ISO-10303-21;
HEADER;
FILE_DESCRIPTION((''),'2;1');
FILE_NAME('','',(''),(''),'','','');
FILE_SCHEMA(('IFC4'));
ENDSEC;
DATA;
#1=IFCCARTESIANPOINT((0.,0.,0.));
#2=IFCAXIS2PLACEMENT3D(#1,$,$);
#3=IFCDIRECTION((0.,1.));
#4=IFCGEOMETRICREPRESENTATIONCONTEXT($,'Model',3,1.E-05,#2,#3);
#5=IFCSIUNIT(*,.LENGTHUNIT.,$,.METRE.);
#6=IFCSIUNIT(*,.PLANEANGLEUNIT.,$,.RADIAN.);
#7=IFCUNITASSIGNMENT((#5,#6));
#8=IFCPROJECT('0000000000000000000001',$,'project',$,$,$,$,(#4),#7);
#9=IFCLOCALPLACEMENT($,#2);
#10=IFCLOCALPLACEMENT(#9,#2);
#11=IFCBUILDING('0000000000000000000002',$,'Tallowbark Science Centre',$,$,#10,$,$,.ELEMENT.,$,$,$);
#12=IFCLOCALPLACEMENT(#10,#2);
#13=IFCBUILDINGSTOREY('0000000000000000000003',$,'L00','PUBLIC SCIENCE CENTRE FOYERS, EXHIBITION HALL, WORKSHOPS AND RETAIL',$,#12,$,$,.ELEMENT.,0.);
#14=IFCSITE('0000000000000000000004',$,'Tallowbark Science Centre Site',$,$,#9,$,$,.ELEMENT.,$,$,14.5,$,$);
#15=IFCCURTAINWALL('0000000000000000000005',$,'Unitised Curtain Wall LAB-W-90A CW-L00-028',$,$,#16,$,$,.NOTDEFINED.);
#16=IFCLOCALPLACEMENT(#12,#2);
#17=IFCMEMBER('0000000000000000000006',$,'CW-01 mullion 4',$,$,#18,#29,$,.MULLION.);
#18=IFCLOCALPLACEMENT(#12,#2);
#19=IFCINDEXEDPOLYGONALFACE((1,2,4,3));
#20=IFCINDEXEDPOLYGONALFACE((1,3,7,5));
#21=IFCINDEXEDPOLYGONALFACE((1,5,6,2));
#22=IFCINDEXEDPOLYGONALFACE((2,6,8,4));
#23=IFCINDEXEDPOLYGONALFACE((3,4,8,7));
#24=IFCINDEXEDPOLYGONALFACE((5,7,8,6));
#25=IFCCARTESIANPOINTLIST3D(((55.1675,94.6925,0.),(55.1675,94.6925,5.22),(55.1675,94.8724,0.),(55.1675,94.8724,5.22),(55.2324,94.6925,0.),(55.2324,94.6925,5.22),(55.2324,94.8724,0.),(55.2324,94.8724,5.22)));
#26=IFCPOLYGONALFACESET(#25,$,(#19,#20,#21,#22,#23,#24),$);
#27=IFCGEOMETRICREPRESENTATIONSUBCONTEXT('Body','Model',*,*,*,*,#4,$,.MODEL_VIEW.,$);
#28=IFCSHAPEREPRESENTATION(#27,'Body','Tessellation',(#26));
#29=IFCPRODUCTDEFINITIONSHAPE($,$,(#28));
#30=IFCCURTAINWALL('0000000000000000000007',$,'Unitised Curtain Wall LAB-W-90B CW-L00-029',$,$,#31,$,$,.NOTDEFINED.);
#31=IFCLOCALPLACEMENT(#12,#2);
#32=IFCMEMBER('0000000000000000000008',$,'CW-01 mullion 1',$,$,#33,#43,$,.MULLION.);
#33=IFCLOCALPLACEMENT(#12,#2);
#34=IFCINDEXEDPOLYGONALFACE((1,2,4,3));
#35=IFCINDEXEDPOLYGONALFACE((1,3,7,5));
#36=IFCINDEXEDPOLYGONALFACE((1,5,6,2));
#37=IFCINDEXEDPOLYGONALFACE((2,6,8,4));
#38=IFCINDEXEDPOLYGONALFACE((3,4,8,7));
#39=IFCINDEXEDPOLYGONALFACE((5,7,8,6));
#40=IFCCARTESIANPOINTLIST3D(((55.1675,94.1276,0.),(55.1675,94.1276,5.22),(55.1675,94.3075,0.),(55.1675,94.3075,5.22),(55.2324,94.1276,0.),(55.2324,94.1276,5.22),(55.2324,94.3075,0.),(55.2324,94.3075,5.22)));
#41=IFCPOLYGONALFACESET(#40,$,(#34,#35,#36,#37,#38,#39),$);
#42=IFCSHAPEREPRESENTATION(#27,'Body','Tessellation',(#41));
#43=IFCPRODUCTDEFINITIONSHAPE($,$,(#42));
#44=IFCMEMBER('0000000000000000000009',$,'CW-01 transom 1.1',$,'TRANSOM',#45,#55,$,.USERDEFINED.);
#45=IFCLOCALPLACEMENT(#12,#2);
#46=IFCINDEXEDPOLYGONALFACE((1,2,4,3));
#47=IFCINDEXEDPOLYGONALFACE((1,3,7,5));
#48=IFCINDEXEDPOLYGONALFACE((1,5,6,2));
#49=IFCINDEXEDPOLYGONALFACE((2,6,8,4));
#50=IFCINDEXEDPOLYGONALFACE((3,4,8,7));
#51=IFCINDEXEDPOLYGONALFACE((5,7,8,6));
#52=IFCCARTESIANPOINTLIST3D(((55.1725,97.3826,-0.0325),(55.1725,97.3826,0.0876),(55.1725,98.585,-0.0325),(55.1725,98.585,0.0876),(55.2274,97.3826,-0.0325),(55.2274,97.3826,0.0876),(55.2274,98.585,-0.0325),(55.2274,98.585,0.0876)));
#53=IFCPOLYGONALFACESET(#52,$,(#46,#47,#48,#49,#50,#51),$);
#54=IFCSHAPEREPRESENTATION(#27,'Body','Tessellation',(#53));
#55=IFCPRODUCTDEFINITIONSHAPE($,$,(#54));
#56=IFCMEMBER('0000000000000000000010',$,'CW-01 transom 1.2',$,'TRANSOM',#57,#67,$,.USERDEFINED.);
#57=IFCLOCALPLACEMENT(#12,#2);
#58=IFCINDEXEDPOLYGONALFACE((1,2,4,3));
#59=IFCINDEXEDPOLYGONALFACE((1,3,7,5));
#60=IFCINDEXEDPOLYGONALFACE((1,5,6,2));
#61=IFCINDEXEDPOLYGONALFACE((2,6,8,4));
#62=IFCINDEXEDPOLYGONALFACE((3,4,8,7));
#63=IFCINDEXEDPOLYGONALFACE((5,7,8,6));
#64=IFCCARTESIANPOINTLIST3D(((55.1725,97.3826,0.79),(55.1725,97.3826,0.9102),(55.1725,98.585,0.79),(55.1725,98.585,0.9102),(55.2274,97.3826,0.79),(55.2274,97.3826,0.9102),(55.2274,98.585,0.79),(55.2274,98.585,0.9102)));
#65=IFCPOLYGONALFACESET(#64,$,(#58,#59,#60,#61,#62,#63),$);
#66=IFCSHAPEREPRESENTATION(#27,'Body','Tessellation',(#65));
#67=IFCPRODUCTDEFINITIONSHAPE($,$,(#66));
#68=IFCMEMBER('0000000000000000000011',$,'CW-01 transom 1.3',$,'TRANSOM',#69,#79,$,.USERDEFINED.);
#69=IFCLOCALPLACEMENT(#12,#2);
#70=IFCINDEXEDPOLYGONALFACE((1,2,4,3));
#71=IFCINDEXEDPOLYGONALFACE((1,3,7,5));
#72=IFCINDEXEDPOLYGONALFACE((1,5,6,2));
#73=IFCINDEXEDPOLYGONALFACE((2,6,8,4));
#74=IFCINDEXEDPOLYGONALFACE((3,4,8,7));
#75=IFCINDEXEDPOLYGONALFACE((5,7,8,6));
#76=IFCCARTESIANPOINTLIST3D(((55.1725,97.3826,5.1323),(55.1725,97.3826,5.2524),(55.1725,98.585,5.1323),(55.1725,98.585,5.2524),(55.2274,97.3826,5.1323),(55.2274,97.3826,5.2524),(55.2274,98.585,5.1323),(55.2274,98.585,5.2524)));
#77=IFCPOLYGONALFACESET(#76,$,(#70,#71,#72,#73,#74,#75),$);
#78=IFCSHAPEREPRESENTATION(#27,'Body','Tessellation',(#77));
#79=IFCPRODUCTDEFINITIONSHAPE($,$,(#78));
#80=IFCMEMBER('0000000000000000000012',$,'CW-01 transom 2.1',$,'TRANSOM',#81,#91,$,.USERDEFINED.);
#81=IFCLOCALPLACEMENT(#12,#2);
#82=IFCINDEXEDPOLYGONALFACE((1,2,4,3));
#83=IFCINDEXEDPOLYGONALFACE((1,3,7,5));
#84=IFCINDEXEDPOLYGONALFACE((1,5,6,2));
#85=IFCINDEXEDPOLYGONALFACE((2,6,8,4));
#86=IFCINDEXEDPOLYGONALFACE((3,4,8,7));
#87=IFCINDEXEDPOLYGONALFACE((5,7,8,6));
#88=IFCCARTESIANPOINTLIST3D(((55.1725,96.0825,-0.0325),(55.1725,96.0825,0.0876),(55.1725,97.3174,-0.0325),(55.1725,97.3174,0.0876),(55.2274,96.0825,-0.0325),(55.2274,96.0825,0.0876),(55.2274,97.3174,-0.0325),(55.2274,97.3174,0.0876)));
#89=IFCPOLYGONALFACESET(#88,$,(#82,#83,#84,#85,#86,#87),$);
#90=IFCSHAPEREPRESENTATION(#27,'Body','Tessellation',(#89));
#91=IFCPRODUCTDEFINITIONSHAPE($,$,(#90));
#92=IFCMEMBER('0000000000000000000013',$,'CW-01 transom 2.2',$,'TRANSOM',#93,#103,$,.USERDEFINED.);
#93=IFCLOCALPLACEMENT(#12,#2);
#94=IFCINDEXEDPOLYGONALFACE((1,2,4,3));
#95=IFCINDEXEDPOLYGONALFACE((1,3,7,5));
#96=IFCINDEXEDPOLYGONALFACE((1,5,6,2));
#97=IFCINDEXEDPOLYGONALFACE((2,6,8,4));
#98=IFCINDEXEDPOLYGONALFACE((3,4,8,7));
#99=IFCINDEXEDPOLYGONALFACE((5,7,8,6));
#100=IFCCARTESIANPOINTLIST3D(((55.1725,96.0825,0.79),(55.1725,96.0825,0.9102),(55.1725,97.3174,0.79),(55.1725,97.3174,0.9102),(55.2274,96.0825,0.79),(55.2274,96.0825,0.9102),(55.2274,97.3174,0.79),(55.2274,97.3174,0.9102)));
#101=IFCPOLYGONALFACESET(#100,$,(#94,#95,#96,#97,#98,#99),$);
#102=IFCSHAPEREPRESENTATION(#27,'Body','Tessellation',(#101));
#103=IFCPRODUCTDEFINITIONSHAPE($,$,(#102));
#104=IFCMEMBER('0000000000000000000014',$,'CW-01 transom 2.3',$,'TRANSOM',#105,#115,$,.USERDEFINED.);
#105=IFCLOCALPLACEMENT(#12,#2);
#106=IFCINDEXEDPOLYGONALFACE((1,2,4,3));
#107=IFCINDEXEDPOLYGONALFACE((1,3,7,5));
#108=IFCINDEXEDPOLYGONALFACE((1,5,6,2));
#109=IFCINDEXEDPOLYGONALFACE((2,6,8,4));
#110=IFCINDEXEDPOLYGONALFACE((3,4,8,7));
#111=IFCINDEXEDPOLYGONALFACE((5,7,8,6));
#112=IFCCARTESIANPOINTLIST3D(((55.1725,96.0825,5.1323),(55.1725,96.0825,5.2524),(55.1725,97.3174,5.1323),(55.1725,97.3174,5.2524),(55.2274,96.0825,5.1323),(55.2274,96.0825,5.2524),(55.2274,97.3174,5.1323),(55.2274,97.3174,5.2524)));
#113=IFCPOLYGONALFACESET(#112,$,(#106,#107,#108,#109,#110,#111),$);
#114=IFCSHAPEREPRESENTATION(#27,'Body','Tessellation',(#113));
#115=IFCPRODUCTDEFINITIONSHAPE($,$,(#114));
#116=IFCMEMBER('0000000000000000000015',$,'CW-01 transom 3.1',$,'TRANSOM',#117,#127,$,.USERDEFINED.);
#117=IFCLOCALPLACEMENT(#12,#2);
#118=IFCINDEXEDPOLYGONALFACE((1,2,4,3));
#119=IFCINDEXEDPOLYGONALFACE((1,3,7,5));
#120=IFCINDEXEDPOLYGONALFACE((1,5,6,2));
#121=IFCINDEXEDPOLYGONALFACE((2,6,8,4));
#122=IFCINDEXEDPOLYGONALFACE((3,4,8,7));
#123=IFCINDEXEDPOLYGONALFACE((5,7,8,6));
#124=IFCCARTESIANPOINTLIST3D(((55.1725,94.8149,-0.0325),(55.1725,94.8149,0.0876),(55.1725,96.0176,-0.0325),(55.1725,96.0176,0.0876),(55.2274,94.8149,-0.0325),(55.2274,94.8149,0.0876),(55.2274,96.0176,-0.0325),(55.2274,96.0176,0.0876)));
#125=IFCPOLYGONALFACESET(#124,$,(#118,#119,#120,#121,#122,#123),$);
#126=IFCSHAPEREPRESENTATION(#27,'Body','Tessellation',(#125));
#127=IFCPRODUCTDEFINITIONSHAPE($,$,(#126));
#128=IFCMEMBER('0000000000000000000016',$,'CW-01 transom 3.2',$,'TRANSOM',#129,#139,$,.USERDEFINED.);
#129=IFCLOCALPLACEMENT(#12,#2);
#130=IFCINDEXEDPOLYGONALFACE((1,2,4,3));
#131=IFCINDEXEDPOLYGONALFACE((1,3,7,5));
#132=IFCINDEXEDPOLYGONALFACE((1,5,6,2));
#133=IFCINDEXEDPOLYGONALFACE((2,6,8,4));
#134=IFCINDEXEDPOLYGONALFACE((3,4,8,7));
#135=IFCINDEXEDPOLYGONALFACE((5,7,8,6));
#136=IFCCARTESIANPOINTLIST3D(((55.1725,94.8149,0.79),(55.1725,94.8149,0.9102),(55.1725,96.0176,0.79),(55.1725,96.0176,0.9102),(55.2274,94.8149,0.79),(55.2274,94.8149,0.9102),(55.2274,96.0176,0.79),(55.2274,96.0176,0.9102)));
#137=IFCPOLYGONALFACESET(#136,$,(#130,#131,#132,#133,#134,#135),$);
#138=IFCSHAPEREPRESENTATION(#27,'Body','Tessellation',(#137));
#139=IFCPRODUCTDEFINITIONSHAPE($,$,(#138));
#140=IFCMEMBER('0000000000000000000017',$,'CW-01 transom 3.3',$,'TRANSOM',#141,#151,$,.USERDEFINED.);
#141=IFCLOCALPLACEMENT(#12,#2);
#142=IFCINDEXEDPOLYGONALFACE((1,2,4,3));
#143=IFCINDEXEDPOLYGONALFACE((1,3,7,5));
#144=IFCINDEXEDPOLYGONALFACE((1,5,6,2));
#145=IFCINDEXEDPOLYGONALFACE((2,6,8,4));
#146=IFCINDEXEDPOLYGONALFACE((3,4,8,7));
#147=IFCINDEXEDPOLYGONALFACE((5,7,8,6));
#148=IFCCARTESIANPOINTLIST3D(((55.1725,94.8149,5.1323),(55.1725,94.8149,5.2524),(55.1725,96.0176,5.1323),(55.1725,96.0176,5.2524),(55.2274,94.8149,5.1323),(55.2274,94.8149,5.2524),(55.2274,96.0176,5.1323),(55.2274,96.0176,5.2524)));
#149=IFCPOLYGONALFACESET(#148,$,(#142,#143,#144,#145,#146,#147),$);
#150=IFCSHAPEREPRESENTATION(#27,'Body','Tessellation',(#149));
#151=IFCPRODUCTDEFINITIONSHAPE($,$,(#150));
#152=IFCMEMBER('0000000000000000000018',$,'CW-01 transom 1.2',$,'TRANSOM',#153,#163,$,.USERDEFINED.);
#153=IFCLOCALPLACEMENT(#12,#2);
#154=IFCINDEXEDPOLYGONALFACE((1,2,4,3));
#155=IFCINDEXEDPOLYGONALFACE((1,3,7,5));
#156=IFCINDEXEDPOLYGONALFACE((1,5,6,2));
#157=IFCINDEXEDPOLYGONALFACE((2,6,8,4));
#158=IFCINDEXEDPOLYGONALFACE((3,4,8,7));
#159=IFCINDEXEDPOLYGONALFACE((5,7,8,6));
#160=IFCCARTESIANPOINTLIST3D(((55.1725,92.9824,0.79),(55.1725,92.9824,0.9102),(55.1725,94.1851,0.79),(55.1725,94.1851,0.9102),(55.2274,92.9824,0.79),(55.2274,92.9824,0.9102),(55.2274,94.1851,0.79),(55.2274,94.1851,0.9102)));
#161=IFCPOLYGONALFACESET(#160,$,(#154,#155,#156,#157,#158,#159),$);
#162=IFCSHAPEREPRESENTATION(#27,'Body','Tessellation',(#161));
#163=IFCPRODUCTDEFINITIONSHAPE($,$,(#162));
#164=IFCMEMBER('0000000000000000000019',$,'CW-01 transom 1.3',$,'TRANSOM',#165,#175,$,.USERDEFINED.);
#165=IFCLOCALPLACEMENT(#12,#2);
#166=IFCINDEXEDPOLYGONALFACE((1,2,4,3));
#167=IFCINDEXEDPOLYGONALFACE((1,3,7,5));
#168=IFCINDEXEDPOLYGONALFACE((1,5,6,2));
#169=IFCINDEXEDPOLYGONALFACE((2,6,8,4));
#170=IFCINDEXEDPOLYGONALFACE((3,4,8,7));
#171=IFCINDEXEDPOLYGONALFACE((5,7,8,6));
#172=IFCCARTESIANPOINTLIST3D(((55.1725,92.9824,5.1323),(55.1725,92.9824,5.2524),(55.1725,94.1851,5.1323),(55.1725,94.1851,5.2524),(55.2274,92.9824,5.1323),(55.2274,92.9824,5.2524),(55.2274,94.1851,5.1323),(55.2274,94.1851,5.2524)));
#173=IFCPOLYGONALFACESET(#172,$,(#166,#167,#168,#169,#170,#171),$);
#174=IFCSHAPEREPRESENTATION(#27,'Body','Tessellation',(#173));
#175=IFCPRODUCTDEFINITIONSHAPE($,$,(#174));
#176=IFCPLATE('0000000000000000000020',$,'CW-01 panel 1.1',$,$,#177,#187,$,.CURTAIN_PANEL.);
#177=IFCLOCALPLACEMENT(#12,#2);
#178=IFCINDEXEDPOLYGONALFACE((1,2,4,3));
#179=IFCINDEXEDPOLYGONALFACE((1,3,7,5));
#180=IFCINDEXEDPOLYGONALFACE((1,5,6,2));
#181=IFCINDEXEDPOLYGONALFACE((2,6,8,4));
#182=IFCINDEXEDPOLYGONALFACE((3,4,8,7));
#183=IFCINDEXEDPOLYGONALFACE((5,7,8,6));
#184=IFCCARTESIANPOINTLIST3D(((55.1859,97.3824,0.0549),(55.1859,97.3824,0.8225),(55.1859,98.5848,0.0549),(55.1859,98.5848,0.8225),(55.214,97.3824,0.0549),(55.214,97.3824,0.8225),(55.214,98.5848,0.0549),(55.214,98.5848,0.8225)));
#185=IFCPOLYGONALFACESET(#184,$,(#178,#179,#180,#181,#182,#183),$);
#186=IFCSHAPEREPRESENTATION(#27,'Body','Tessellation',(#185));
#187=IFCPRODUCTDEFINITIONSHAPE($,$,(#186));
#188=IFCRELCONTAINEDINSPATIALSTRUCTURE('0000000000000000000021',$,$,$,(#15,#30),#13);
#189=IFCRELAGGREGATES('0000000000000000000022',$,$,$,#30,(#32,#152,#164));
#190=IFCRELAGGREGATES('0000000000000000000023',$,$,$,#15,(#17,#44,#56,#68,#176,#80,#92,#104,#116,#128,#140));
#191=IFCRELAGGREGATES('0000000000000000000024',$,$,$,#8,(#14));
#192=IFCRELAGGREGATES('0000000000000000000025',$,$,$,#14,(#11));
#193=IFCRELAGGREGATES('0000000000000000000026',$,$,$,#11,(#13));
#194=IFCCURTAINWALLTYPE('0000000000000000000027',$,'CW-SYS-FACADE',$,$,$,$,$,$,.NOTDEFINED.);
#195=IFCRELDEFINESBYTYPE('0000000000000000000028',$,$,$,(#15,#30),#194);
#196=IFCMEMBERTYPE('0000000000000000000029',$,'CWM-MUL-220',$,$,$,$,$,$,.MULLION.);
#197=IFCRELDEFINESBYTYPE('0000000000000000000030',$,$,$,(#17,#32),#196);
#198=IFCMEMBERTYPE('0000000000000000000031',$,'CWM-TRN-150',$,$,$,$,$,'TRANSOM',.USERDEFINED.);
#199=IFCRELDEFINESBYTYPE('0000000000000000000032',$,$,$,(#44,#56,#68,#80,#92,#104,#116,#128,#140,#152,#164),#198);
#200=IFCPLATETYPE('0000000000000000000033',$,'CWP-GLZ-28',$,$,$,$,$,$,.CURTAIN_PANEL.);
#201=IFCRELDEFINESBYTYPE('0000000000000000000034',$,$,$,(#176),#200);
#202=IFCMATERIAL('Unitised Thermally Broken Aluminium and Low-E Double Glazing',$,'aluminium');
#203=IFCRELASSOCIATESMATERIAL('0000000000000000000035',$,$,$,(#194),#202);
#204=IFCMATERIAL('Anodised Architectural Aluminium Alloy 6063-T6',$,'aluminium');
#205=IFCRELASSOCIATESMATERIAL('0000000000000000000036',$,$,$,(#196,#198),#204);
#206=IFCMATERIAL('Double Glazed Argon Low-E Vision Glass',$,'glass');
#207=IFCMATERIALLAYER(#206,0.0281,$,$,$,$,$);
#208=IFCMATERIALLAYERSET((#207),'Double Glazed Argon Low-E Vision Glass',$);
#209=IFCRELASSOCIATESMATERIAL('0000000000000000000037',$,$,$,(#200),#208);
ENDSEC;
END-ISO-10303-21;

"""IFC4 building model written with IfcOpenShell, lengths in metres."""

from ifc_helpers import new_model, si_unit, direction, frame, origin, origin_2d, place, context, subcontext, project, spatial, rectangle, extrude, material, layer, layer_set, material_profile, profile_set, type_object, element, aggregate, save


model = new_model("IFC4")

# Units and contexts
model_context = context("Model", 3, precision=1e-05, world=origin(), true_north=direction((0.0, 1.0)))
body_context = subcontext(model_context, "Body", "Model", "MODEL_VIEW")
ifc_project = project(units=[si_unit("LENGTHUNIT", "METRE"), si_unit("PLANEANGLEUNIT", "RADIAN")], contexts=[model_context])

# Site, building, storey
site_placement = place(None, origin())
site = spatial("IfcSite", under=ifc_project, at=site_placement, Name="Tallowbark Science Centre Site", CompositionType="ELEMENT", RefElevation=14.5)
building_placement = place(site_placement, origin())
building = spatial("IfcBuilding", under=site, at=building_placement, Name="Tallowbark Science Centre", CompositionType="ELEMENT")
storey_placement = place(building_placement, origin())
storey = spatial("IfcBuildingStorey", under=building, at=storey_placement, Name="L00", Description="PUBLIC SCIENCE CENTRE FOYERS, EXHIBITION HALL, WORKSHOPS AND RETAIL", CompositionType="ELEMENT", Elevation=0.0)

# Curtain wall, member
ifc_material_1 = material(Name="Unitised Thermally Broken Aluminium and Low-E Double Glazing", Category="aluminium")
curtain_wall_type = type_object("IfcCurtainWallType", Name="CW-SYS-FACADE", PredefinedType="NOTDEFINED", material=ifc_material_1)
curtain_wall_1_placement = place(storey_placement, origin())
curtain_wall_1 = element("IfcCurtainWall", 1, at=curtain_wall_1_placement, inside=storey, type_object=curtain_wall_type, Name="Unitised Curtain Wall LAB-W-90A CW-L00-028", PredefinedType="NOTDEFINED")
ifc_material_2 = material(Name="Anodised Architectural Aluminium Alloy 6063-T6", Category="aluminium")
ifc_material_profile_1 = material_profile(ifc_material_2, rectangle(XDim=0.0649, YDim=0.1799, at=origin_2d()), Name="ALU65x180")
ifc_profile_set_1 = profile_set([ifc_material_profile_1], Name="Anodised Architectural Aluminium Alloy 6063-T6")
member_type_1 = type_object("IfcMemberType", Name="CWM-MUL-220", PredefinedType="MULLION", material=ifc_profile_set_1)
member_1_placement = place(storey_placement, frame((55.2, 94.7825, 0.0), z_axis=(0.0, 0.0, 1.0), x_axis=(1.0, 0.0, 0.0)))
member_1 = element("IfcMember", 2, at=member_1_placement, type_object=member_type_1, Name="CW-01 mullion 4", PredefinedType="MULLION", context=body_context, shape_type="SweptSolid", body=[
    extrude(rectangle(XDim=0.0649, YDim=0.1799, at=origin_2d()), origin(), (0.0, 0.0, 1.0), 5.22),
])

# Curtain wall, member
curtain_wall_2_placement = place(storey_placement, origin())
curtain_wall_2 = element("IfcCurtainWall", 3, at=curtain_wall_2_placement, inside=storey, type_object=curtain_wall_type, Name="Unitised Curtain Wall LAB-W-90B CW-L00-029", PredefinedType="NOTDEFINED")
member_2_placement = place(storey_placement, frame((55.2, 94.2175, 0.0), z_axis=(0.0, 0.0, 1.0), x_axis=(1.0, 0.0, 0.0)))
member_2 = element("IfcMember", 4, at=member_2_placement, type_object=member_type_1, Name="CW-01 mullion 1", PredefinedType="MULLION", context=body_context, shape_type="SweptSolid", body=[
    extrude(rectangle(XDim=0.0649, YDim=0.1799, at=origin_2d()), origin(), (0.0, 0.0, 1.0), 5.22),
])

# Members
ifc_material_profile_2 = material_profile(ifc_material_2, rectangle(XDim=0.0549, YDim=0.1201, at=origin_2d()), Name="ALU55x120")
ifc_profile_set_2 = profile_set([ifc_material_profile_2], Name="Anodised Architectural Aluminium Alloy 6063-T6")
member_type_2 = type_object("IfcMemberType", Name="CWM-TRN-150", ElementType="TRANSOM", PredefinedType="USERDEFINED", material=ifc_profile_set_2)
member_3_placement = place(storey_placement, frame((55.2, 98.585, 0.0276), z_axis=(0.0, -1.0, 0.0), x_axis=(1.0, 0.0, 0.0)))
member_3 = element("IfcMember", 5, at=member_3_placement, type_object=member_type_2, Name="CW-01 transom 1.1", ObjectType="TRANSOM", PredefinedType="USERDEFINED", context=body_context, shape_type="SweptSolid", body=[
    extrude(rectangle(XDim=0.0549, YDim=0.1201, at=origin_2d()), origin(), (0.0, 0.0, 1.0), 1.2024),
])
member_4_placement = place(storey_placement, frame((55.2, 98.585, 0.8501), z_axis=(0.0, -1.0, 0.0), x_axis=(1.0, 0.0, 0.0)))
member_4 = element("IfcMember", 6, at=member_4_placement, type_object=member_type_2, Name="CW-01 transom 1.2", ObjectType="TRANSOM", PredefinedType="USERDEFINED", context=body_context, shape_type="SweptSolid", body=[
    extrude(rectangle(XDim=0.0549, YDim=0.1201, at=origin_2d()), origin(), (0.0, 0.0, 1.0), 1.2024),
])
member_5_placement = place(storey_placement, frame((55.2, 98.585, 5.1924), z_axis=(0.0, -1.0, 0.0), x_axis=(1.0, 0.0, 0.0)))
member_5 = element("IfcMember", 7, at=member_5_placement, type_object=member_type_2, Name="CW-01 transom 1.3", ObjectType="TRANSOM", PredefinedType="USERDEFINED", context=body_context, shape_type="SweptSolid", body=[
    extrude(rectangle(XDim=0.0549, YDim=0.1201, at=origin_2d()), origin(), (0.0, 0.0, 1.0), 1.2024),
])
member_6_placement = place(storey_placement, frame((55.2, 97.3174, 0.0276), z_axis=(0.0, -1.0, 0.0), x_axis=(1.0, 0.0, 0.0)))
member_6 = element("IfcMember", 8, at=member_6_placement, type_object=member_type_2, Name="CW-01 transom 2.1", ObjectType="TRANSOM", PredefinedType="USERDEFINED", context=body_context, shape_type="SweptSolid", body=[
    extrude(rectangle(XDim=0.0549, YDim=0.1201, at=origin_2d()), origin(), (0.0, 0.0, 1.0), 1.2349),
])
member_7_placement = place(storey_placement, frame((55.2, 97.3174, 0.8501), z_axis=(0.0, -1.0, 0.0), x_axis=(1.0, 0.0, 0.0)))
member_7 = element("IfcMember", 9, at=member_7_placement, type_object=member_type_2, Name="CW-01 transom 2.2", ObjectType="TRANSOM", PredefinedType="USERDEFINED", context=body_context, shape_type="SweptSolid", body=[
    extrude(rectangle(XDim=0.0549, YDim=0.1201, at=origin_2d()), origin(), (0.0, 0.0, 1.0), 1.2349),
])
member_8_placement = place(storey_placement, frame((55.2, 97.3174, 5.1924), z_axis=(0.0, -1.0, 0.0), x_axis=(1.0, 0.0, 0.0)))
member_8 = element("IfcMember", 10, at=member_8_placement, type_object=member_type_2, Name="CW-01 transom 2.3", ObjectType="TRANSOM", PredefinedType="USERDEFINED", context=body_context, shape_type="SweptSolid", body=[
    extrude(rectangle(XDim=0.0549, YDim=0.1201, at=origin_2d()), origin(), (0.0, 0.0, 1.0), 1.2349),
])
member_9_placement = place(storey_placement, frame((55.2, 96.0176, 0.0276), z_axis=(0.0, -1.0, 0.0), x_axis=(1.0, 0.0, 0.0)))
member_9 = element("IfcMember", 11, at=member_9_placement, type_object=member_type_2, Name="CW-01 transom 3.1", ObjectType="TRANSOM", PredefinedType="USERDEFINED", context=body_context, shape_type="SweptSolid", body=[
    extrude(rectangle(XDim=0.0549, YDim=0.1201, at=origin_2d()), origin(), (0.0, 0.0, 1.0), 1.2026),
])
member_10_placement = place(storey_placement, frame((55.2, 96.0176, 0.8501), z_axis=(0.0, -1.0, 0.0), x_axis=(1.0, 0.0, 0.0)))
member_10 = element("IfcMember", 12, at=member_10_placement, type_object=member_type_2, Name="CW-01 transom 3.2", ObjectType="TRANSOM", PredefinedType="USERDEFINED", context=body_context, shape_type="SweptSolid", body=[
    extrude(rectangle(XDim=0.0549, YDim=0.1201, at=origin_2d()), origin(), (0.0, 0.0, 1.0), 1.2026),
])
member_11_placement = place(storey_placement, frame((55.2, 96.0176, 5.1924), z_axis=(0.0, -1.0, 0.0), x_axis=(1.0, 0.0, 0.0)))
member_11 = element("IfcMember", 13, at=member_11_placement, type_object=member_type_2, Name="CW-01 transom 3.3", ObjectType="TRANSOM", PredefinedType="USERDEFINED", context=body_context, shape_type="SweptSolid", body=[
    extrude(rectangle(XDim=0.0549, YDim=0.1201, at=origin_2d()), origin(), (0.0, 0.0, 1.0), 1.2026),
])
member_12_placement = place(storey_placement, frame((55.2, 94.1851, 0.8501), z_axis=(0.0, -1.0, 0.0), x_axis=(1.0, 0.0, 0.0)))
member_12 = element("IfcMember", 14, at=member_12_placement, type_object=member_type_2, Name="CW-01 transom 1.2", ObjectType="TRANSOM", PredefinedType="USERDEFINED", context=body_context, shape_type="SweptSolid", body=[
    extrude(rectangle(XDim=0.0549, YDim=0.1201, at=origin_2d()), origin(), (0.0, 0.0, 1.0), 1.2026),
])
member_13_placement = place(storey_placement, frame((55.2, 94.1851, 5.1924), z_axis=(0.0, -1.0, 0.0), x_axis=(1.0, 0.0, 0.0)))
member_13 = element("IfcMember", 15, at=member_13_placement, type_object=member_type_2, Name="CW-01 transom 1.3", ObjectType="TRANSOM", PredefinedType="USERDEFINED", context=body_context, shape_type="SweptSolid", body=[
    extrude(rectangle(XDim=0.0549, YDim=0.1201, at=origin_2d()), origin(), (0.0, 0.0, 1.0), 1.2026),
])
aggregate(curtain_wall_2, [member_2, member_12, member_13])

# Plate
ifc_material_3 = material(Name="Double Glazed Argon Low-E Vision Glass", Category="glass")
ifc_layer_1 = layer(ifc_material_3, 0.0281)
ifc_layer_set_1 = layer_set([ifc_layer_1], Name="Double Glazed Argon Low-E Vision Glass")
plate_type = type_object("IfcPlateType", Name="CWP-GLZ-28", PredefinedType="CURTAIN_PANEL", material=ifc_layer_set_1)
plate_1_placement = place(storey_placement, frame((55.2, 97.9836, 0.0549), z_axis=(0.0, 0.0, 1.0), x_axis=(0.0, -1.0, 0.0)))
plate_1 = element("IfcPlate", 16, at=plate_1_placement, type_object=plate_type, Name="CW-01 panel 1.1", PredefinedType="CURTAIN_PANEL", context=body_context, shape_type="SweptSolid", body=[
    extrude(rectangle(XDim=1.2024, YDim=0.0281, at=origin_2d()), origin(), (0.0, 0.0, 1.0), 0.7676),
])
aggregate(curtain_wall_1, [member_1, member_3, member_4, member_5, plate_1, member_6, member_7, member_8, member_9, member_10, member_11])

save(model, "model.ifc")
